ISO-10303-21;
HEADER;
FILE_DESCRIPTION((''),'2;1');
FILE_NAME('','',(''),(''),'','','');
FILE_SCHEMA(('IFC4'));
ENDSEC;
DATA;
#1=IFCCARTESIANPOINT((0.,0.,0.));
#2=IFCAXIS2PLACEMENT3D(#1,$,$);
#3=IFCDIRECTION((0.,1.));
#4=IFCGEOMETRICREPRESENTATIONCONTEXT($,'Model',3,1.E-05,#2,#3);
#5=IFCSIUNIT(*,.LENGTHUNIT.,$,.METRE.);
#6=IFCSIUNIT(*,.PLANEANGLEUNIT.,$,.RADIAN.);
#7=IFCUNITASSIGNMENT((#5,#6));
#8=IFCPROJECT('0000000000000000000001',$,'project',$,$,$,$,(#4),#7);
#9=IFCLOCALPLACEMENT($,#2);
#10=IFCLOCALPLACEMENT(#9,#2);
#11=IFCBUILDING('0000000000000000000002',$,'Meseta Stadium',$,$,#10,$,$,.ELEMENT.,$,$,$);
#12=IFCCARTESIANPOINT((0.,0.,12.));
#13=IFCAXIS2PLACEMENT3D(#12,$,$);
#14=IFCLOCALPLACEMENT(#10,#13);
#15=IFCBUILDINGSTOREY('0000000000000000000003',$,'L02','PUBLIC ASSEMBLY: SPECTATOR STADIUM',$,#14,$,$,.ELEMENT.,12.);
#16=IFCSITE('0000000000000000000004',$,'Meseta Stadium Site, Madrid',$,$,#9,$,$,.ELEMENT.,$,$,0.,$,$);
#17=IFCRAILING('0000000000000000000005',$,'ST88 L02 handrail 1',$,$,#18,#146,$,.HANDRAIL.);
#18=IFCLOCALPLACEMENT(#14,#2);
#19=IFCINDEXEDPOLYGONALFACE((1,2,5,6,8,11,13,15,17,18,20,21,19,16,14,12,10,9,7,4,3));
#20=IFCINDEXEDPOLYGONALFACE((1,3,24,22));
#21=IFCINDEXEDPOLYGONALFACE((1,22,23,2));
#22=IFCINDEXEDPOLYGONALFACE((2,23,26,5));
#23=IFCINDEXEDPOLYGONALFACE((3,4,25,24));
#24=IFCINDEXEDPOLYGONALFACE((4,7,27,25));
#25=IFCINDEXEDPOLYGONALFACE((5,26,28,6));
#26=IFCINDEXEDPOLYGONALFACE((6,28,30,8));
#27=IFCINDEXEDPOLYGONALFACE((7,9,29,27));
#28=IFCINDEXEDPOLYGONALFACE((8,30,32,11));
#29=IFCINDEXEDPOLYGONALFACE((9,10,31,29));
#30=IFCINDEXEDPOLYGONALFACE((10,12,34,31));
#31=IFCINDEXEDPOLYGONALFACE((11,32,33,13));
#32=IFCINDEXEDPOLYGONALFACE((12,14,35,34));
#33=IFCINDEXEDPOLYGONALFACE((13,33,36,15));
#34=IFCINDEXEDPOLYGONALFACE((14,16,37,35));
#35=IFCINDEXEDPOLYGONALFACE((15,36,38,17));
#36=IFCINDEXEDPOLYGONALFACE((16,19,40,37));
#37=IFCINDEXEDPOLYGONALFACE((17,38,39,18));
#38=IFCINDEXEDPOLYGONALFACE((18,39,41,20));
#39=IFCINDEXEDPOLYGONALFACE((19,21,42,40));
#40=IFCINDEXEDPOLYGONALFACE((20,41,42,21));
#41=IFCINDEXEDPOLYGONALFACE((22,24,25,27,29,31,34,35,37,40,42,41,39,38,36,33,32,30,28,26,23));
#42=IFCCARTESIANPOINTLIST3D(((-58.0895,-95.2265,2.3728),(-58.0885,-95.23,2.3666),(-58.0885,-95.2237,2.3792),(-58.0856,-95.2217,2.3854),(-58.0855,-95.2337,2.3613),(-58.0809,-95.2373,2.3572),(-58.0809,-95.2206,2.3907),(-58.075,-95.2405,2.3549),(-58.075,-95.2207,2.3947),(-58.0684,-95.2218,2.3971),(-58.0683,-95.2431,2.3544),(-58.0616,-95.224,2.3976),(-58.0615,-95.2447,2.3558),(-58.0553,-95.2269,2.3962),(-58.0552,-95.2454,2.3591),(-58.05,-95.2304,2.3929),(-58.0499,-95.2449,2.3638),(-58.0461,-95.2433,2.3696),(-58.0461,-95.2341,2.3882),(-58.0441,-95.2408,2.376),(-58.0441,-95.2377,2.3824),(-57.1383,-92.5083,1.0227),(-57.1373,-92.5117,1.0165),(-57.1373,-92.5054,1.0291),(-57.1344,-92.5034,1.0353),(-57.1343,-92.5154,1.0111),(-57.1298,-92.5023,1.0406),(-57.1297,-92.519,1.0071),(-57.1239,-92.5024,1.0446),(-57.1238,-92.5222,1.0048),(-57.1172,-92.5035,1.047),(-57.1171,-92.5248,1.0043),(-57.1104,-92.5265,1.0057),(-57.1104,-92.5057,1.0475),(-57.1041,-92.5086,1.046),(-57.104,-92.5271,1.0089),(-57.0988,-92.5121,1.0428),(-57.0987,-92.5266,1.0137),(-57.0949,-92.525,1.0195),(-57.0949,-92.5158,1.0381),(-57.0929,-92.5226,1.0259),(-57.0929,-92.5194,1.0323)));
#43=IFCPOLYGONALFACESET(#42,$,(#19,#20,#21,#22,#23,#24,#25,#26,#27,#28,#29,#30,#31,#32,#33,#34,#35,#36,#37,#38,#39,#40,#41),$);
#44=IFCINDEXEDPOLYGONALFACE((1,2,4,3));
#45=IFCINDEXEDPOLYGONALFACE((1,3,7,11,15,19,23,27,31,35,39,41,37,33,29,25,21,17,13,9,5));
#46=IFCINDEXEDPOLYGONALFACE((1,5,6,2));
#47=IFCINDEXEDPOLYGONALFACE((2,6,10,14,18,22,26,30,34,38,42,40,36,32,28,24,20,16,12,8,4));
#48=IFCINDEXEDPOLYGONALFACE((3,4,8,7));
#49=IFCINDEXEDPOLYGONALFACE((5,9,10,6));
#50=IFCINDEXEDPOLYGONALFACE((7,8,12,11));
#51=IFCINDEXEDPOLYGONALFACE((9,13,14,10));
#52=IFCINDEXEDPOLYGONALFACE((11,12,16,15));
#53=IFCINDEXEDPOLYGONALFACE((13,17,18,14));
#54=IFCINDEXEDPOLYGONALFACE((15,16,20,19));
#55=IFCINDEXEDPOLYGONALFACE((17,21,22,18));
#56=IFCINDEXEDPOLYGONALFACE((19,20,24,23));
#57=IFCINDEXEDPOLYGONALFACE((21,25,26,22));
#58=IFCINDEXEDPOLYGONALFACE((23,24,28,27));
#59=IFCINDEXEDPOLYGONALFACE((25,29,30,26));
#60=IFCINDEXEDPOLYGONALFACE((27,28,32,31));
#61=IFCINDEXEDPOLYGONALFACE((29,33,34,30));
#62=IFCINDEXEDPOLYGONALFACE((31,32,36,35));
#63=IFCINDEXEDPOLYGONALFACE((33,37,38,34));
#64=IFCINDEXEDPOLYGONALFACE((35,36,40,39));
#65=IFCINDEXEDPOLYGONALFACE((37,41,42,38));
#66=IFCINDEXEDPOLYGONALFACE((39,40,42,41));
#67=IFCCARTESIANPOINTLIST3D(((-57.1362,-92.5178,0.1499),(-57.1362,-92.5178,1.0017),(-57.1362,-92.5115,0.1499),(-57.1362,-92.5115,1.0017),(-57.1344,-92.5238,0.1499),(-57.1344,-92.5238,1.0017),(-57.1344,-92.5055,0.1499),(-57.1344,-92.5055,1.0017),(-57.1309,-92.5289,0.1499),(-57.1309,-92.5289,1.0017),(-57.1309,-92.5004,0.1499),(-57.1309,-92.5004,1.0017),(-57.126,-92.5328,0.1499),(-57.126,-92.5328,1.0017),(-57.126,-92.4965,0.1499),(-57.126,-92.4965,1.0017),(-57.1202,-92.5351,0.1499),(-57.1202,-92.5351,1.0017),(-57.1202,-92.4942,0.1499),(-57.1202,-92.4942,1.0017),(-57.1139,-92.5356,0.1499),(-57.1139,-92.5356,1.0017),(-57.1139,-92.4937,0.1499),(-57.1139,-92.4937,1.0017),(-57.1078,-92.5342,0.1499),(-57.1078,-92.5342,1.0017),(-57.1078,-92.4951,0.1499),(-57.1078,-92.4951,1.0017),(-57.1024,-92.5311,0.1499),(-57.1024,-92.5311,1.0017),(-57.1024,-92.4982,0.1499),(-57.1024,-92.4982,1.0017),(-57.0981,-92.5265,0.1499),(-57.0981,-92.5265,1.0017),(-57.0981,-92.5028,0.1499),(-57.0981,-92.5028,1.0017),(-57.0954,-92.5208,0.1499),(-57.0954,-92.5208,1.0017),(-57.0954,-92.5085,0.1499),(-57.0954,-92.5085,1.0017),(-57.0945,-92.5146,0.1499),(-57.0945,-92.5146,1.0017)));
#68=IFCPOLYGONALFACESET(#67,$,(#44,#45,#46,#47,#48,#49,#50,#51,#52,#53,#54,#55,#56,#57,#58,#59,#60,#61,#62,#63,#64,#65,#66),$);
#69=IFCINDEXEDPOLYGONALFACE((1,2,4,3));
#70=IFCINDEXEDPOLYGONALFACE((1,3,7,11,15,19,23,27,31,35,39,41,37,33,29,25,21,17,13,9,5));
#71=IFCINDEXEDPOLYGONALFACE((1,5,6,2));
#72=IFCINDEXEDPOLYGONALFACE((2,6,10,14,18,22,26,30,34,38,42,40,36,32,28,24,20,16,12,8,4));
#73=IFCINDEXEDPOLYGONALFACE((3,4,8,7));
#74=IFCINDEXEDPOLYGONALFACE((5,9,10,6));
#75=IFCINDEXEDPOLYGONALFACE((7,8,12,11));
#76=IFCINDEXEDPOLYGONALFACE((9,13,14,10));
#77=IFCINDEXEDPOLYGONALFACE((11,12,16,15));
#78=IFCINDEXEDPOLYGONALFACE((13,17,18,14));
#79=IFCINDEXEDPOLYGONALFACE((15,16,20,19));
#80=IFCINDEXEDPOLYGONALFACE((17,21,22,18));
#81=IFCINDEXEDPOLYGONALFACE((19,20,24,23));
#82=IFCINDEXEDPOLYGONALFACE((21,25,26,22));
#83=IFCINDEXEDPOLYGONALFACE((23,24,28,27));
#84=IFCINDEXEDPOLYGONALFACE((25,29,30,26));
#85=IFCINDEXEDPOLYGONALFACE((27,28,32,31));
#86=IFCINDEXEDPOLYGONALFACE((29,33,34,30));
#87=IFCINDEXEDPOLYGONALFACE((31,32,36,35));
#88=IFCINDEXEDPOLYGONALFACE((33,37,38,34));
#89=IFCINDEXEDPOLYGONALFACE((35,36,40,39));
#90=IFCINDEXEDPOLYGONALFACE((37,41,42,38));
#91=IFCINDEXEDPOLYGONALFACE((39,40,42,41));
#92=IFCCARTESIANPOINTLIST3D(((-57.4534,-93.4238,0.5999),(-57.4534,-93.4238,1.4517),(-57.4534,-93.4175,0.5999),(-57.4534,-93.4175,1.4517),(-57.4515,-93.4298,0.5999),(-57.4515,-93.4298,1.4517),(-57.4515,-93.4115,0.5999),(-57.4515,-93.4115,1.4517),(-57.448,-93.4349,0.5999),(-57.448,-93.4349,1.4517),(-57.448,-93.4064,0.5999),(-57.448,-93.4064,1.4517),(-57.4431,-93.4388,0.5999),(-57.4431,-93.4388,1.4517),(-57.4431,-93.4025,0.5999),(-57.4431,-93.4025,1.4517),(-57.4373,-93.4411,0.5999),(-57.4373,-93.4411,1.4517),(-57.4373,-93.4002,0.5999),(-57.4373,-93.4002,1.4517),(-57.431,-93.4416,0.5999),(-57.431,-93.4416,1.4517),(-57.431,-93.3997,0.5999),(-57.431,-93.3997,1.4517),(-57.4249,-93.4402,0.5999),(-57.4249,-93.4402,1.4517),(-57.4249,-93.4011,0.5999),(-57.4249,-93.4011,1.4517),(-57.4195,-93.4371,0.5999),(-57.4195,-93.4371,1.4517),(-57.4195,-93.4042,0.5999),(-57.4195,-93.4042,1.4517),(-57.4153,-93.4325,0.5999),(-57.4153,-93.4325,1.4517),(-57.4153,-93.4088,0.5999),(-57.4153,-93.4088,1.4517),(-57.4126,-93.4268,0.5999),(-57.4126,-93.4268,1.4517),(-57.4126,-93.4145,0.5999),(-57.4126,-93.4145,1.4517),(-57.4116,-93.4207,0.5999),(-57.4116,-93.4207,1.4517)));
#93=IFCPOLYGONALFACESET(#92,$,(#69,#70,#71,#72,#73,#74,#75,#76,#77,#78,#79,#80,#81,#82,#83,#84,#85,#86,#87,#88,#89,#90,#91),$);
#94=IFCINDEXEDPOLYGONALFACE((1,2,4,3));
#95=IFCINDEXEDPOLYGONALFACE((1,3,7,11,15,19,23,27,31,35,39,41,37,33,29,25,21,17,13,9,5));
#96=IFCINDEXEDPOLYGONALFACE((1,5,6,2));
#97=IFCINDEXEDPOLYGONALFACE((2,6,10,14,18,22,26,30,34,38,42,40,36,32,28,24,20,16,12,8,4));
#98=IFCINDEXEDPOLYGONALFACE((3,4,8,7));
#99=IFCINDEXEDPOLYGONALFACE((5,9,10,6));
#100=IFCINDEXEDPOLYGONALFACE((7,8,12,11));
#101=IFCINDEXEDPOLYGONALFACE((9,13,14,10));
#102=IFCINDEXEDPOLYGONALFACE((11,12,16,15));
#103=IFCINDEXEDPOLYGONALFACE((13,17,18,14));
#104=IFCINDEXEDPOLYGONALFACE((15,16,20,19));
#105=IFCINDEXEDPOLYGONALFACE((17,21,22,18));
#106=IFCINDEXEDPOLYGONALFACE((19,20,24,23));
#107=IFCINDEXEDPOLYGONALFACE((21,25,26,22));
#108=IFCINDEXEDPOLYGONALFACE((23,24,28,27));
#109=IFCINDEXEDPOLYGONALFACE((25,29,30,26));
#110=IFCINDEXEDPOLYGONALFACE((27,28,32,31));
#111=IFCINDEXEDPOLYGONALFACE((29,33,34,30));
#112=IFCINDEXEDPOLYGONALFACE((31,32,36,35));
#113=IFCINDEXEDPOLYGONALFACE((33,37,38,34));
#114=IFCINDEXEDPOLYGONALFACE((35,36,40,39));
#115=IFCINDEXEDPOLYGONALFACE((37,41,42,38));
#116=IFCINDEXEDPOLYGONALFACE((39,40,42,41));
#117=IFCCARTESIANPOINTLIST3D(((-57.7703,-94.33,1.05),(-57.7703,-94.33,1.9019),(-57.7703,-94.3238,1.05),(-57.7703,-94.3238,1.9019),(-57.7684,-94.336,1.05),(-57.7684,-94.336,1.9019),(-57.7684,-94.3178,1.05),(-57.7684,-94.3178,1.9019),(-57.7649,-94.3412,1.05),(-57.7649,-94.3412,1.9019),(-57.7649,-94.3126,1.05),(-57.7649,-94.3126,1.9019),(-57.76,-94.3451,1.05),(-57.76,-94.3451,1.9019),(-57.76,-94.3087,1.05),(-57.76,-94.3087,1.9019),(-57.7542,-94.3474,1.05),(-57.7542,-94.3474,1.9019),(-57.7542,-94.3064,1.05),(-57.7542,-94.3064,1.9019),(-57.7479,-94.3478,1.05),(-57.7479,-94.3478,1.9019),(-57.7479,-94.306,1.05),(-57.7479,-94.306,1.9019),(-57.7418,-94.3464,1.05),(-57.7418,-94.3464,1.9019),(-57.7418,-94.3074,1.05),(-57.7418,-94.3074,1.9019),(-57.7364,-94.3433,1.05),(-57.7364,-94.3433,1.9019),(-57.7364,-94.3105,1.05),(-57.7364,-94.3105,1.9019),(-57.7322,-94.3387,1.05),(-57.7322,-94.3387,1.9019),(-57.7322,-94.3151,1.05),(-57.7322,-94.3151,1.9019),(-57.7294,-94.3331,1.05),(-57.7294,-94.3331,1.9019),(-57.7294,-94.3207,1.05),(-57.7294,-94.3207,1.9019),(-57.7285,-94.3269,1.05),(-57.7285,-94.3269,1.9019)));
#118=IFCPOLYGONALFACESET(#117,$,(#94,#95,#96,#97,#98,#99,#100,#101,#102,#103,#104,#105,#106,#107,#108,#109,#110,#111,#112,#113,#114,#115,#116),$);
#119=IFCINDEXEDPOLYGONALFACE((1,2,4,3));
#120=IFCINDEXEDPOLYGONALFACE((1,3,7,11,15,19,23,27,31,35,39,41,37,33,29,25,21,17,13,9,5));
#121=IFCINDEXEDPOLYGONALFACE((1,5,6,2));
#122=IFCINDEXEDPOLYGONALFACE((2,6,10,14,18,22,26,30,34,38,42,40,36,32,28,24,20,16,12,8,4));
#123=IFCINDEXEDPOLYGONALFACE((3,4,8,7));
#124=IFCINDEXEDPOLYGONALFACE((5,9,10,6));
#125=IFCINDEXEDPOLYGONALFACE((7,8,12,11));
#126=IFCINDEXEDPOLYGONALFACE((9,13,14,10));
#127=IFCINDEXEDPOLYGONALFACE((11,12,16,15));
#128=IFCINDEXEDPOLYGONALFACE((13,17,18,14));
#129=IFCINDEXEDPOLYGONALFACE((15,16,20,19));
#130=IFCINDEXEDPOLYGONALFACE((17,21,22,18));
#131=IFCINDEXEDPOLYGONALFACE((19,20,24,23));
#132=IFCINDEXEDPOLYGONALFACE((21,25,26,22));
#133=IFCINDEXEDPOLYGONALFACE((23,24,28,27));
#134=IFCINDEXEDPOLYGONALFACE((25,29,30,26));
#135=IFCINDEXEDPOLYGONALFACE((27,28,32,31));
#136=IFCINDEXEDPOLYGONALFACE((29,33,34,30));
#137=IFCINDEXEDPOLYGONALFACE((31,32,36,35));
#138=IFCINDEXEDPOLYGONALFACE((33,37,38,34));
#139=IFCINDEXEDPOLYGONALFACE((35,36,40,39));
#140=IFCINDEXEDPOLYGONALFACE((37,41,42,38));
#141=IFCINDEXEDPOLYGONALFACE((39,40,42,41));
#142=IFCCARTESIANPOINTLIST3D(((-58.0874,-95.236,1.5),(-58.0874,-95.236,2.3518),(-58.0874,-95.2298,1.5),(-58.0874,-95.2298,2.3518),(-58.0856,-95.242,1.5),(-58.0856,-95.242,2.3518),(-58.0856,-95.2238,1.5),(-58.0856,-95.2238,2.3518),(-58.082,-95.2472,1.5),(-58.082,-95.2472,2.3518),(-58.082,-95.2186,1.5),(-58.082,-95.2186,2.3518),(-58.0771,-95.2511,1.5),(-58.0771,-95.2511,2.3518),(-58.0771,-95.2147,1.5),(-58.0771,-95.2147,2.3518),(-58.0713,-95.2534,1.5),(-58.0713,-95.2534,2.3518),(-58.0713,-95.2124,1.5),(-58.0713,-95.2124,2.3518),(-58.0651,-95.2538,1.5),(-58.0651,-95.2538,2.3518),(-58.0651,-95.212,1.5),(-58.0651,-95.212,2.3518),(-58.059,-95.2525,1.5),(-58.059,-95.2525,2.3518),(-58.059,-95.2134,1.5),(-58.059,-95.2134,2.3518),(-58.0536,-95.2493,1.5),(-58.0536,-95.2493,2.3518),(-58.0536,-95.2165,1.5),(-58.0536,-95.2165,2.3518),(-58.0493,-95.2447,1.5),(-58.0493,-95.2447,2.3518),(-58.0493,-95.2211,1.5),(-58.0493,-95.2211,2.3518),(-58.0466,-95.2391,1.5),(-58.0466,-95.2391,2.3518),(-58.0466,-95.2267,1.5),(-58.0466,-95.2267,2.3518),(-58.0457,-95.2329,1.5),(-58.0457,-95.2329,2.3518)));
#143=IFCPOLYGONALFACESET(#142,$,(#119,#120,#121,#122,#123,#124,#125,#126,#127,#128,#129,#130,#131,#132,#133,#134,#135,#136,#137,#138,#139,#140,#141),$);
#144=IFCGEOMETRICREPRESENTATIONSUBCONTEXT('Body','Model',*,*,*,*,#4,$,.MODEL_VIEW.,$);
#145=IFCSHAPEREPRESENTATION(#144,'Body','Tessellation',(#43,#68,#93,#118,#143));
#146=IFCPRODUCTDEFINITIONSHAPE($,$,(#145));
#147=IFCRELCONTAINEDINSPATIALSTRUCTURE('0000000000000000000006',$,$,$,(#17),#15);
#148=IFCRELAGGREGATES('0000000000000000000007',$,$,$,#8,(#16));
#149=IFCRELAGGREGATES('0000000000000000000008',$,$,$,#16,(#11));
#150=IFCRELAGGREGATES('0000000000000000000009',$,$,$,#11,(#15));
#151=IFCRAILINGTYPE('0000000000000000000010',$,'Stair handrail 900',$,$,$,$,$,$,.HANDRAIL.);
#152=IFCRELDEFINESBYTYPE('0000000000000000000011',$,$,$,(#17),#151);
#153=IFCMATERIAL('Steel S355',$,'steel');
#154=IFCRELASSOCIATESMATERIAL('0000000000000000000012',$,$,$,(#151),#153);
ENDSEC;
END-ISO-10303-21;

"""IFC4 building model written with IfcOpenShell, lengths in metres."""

from ifc_helpers import new_model, si_unit, direction, frame, origin, origin_2d, place, context, subcontext, project, spatial, circle, extrude, material, type_object, element, save


model = new_model("IFC4")

# Units and contexts
model_context = context("Model", 3, precision=1e-05, world=origin(), true_north=direction((0.0, 1.0)))
body_context = subcontext(model_context, "Body", "Model", "MODEL_VIEW")
ifc_project = project(units=[si_unit("LENGTHUNIT", "METRE"), si_unit("PLANEANGLEUNIT", "RADIAN")], contexts=[model_context])

# Site, building, storey
site_placement = place(None, origin())
site = spatial("IfcSite", under=ifc_project, at=site_placement, Name="Meseta Stadium Site, Madrid", CompositionType="ELEMENT", RefElevation=0.0)
building_placement = place(site_placement, origin())
building = spatial("IfcBuilding", under=site, at=building_placement, Name="Meseta Stadium", CompositionType="ELEMENT")
storey_placement = place(building_placement, frame((0.0, 0.0, 12.0)))
storey = spatial("IfcBuildingStorey", under=building, at=storey_placement, Name="L02", Description="PUBLIC ASSEMBLY: SPECTATOR STADIUM", CompositionType="ELEMENT", Elevation=12.0)

# Railing
ifc_material_1 = material(Name="Steel S355", Category="steel")
railing_type_1 = type_object("IfcRailingType", Name="Stair handrail 900", PredefinedType="HANDRAIL", material=ifc_material_1)
for number, where, name in (
    (1, (-57.1155, -92.5146, 0.1499), "ST88 L02 handrail 1"),
):
    element("IfcRailing", number, at=place(storey_placement, frame(where)), inside=storey, type_object=railing_type_1, Name=name, PredefinedType="HANDRAIL", context=body_context, shape_type="SweptSolid", body=[
        extrude(circle(Radius=0.0239, at=origin_2d()), frame((0.0, 0.0, 0.876), z_axis=(-0.299051, -0.854629, 0.424474), x_axis=(0.943882, -0.330282, 0.0)), (0.0, 0.0, 1.0), 3.1807),
        extrude(circle(Radius=0.021, at=origin_2d()), origin(), (0.0, 0.0, 1.0), 0.8518),
        extrude(circle(Radius=0.021, at=origin_2d()), frame((-0.3171, -0.906, 0.45)), (0.0, 0.0, 1.0), 0.8518),
        extrude(circle(Radius=0.021, at=origin_2d()), frame((-0.634, -1.8123, 0.9001)), (0.0, 0.0, 1.0), 0.8518),
        extrude(circle(Radius=0.021, at=origin_2d()), frame((-0.9512, -2.7183, 1.3501)), (0.0, 0.0, 1.0), 0.8518),
    ])

save(model, "model.ifc")
